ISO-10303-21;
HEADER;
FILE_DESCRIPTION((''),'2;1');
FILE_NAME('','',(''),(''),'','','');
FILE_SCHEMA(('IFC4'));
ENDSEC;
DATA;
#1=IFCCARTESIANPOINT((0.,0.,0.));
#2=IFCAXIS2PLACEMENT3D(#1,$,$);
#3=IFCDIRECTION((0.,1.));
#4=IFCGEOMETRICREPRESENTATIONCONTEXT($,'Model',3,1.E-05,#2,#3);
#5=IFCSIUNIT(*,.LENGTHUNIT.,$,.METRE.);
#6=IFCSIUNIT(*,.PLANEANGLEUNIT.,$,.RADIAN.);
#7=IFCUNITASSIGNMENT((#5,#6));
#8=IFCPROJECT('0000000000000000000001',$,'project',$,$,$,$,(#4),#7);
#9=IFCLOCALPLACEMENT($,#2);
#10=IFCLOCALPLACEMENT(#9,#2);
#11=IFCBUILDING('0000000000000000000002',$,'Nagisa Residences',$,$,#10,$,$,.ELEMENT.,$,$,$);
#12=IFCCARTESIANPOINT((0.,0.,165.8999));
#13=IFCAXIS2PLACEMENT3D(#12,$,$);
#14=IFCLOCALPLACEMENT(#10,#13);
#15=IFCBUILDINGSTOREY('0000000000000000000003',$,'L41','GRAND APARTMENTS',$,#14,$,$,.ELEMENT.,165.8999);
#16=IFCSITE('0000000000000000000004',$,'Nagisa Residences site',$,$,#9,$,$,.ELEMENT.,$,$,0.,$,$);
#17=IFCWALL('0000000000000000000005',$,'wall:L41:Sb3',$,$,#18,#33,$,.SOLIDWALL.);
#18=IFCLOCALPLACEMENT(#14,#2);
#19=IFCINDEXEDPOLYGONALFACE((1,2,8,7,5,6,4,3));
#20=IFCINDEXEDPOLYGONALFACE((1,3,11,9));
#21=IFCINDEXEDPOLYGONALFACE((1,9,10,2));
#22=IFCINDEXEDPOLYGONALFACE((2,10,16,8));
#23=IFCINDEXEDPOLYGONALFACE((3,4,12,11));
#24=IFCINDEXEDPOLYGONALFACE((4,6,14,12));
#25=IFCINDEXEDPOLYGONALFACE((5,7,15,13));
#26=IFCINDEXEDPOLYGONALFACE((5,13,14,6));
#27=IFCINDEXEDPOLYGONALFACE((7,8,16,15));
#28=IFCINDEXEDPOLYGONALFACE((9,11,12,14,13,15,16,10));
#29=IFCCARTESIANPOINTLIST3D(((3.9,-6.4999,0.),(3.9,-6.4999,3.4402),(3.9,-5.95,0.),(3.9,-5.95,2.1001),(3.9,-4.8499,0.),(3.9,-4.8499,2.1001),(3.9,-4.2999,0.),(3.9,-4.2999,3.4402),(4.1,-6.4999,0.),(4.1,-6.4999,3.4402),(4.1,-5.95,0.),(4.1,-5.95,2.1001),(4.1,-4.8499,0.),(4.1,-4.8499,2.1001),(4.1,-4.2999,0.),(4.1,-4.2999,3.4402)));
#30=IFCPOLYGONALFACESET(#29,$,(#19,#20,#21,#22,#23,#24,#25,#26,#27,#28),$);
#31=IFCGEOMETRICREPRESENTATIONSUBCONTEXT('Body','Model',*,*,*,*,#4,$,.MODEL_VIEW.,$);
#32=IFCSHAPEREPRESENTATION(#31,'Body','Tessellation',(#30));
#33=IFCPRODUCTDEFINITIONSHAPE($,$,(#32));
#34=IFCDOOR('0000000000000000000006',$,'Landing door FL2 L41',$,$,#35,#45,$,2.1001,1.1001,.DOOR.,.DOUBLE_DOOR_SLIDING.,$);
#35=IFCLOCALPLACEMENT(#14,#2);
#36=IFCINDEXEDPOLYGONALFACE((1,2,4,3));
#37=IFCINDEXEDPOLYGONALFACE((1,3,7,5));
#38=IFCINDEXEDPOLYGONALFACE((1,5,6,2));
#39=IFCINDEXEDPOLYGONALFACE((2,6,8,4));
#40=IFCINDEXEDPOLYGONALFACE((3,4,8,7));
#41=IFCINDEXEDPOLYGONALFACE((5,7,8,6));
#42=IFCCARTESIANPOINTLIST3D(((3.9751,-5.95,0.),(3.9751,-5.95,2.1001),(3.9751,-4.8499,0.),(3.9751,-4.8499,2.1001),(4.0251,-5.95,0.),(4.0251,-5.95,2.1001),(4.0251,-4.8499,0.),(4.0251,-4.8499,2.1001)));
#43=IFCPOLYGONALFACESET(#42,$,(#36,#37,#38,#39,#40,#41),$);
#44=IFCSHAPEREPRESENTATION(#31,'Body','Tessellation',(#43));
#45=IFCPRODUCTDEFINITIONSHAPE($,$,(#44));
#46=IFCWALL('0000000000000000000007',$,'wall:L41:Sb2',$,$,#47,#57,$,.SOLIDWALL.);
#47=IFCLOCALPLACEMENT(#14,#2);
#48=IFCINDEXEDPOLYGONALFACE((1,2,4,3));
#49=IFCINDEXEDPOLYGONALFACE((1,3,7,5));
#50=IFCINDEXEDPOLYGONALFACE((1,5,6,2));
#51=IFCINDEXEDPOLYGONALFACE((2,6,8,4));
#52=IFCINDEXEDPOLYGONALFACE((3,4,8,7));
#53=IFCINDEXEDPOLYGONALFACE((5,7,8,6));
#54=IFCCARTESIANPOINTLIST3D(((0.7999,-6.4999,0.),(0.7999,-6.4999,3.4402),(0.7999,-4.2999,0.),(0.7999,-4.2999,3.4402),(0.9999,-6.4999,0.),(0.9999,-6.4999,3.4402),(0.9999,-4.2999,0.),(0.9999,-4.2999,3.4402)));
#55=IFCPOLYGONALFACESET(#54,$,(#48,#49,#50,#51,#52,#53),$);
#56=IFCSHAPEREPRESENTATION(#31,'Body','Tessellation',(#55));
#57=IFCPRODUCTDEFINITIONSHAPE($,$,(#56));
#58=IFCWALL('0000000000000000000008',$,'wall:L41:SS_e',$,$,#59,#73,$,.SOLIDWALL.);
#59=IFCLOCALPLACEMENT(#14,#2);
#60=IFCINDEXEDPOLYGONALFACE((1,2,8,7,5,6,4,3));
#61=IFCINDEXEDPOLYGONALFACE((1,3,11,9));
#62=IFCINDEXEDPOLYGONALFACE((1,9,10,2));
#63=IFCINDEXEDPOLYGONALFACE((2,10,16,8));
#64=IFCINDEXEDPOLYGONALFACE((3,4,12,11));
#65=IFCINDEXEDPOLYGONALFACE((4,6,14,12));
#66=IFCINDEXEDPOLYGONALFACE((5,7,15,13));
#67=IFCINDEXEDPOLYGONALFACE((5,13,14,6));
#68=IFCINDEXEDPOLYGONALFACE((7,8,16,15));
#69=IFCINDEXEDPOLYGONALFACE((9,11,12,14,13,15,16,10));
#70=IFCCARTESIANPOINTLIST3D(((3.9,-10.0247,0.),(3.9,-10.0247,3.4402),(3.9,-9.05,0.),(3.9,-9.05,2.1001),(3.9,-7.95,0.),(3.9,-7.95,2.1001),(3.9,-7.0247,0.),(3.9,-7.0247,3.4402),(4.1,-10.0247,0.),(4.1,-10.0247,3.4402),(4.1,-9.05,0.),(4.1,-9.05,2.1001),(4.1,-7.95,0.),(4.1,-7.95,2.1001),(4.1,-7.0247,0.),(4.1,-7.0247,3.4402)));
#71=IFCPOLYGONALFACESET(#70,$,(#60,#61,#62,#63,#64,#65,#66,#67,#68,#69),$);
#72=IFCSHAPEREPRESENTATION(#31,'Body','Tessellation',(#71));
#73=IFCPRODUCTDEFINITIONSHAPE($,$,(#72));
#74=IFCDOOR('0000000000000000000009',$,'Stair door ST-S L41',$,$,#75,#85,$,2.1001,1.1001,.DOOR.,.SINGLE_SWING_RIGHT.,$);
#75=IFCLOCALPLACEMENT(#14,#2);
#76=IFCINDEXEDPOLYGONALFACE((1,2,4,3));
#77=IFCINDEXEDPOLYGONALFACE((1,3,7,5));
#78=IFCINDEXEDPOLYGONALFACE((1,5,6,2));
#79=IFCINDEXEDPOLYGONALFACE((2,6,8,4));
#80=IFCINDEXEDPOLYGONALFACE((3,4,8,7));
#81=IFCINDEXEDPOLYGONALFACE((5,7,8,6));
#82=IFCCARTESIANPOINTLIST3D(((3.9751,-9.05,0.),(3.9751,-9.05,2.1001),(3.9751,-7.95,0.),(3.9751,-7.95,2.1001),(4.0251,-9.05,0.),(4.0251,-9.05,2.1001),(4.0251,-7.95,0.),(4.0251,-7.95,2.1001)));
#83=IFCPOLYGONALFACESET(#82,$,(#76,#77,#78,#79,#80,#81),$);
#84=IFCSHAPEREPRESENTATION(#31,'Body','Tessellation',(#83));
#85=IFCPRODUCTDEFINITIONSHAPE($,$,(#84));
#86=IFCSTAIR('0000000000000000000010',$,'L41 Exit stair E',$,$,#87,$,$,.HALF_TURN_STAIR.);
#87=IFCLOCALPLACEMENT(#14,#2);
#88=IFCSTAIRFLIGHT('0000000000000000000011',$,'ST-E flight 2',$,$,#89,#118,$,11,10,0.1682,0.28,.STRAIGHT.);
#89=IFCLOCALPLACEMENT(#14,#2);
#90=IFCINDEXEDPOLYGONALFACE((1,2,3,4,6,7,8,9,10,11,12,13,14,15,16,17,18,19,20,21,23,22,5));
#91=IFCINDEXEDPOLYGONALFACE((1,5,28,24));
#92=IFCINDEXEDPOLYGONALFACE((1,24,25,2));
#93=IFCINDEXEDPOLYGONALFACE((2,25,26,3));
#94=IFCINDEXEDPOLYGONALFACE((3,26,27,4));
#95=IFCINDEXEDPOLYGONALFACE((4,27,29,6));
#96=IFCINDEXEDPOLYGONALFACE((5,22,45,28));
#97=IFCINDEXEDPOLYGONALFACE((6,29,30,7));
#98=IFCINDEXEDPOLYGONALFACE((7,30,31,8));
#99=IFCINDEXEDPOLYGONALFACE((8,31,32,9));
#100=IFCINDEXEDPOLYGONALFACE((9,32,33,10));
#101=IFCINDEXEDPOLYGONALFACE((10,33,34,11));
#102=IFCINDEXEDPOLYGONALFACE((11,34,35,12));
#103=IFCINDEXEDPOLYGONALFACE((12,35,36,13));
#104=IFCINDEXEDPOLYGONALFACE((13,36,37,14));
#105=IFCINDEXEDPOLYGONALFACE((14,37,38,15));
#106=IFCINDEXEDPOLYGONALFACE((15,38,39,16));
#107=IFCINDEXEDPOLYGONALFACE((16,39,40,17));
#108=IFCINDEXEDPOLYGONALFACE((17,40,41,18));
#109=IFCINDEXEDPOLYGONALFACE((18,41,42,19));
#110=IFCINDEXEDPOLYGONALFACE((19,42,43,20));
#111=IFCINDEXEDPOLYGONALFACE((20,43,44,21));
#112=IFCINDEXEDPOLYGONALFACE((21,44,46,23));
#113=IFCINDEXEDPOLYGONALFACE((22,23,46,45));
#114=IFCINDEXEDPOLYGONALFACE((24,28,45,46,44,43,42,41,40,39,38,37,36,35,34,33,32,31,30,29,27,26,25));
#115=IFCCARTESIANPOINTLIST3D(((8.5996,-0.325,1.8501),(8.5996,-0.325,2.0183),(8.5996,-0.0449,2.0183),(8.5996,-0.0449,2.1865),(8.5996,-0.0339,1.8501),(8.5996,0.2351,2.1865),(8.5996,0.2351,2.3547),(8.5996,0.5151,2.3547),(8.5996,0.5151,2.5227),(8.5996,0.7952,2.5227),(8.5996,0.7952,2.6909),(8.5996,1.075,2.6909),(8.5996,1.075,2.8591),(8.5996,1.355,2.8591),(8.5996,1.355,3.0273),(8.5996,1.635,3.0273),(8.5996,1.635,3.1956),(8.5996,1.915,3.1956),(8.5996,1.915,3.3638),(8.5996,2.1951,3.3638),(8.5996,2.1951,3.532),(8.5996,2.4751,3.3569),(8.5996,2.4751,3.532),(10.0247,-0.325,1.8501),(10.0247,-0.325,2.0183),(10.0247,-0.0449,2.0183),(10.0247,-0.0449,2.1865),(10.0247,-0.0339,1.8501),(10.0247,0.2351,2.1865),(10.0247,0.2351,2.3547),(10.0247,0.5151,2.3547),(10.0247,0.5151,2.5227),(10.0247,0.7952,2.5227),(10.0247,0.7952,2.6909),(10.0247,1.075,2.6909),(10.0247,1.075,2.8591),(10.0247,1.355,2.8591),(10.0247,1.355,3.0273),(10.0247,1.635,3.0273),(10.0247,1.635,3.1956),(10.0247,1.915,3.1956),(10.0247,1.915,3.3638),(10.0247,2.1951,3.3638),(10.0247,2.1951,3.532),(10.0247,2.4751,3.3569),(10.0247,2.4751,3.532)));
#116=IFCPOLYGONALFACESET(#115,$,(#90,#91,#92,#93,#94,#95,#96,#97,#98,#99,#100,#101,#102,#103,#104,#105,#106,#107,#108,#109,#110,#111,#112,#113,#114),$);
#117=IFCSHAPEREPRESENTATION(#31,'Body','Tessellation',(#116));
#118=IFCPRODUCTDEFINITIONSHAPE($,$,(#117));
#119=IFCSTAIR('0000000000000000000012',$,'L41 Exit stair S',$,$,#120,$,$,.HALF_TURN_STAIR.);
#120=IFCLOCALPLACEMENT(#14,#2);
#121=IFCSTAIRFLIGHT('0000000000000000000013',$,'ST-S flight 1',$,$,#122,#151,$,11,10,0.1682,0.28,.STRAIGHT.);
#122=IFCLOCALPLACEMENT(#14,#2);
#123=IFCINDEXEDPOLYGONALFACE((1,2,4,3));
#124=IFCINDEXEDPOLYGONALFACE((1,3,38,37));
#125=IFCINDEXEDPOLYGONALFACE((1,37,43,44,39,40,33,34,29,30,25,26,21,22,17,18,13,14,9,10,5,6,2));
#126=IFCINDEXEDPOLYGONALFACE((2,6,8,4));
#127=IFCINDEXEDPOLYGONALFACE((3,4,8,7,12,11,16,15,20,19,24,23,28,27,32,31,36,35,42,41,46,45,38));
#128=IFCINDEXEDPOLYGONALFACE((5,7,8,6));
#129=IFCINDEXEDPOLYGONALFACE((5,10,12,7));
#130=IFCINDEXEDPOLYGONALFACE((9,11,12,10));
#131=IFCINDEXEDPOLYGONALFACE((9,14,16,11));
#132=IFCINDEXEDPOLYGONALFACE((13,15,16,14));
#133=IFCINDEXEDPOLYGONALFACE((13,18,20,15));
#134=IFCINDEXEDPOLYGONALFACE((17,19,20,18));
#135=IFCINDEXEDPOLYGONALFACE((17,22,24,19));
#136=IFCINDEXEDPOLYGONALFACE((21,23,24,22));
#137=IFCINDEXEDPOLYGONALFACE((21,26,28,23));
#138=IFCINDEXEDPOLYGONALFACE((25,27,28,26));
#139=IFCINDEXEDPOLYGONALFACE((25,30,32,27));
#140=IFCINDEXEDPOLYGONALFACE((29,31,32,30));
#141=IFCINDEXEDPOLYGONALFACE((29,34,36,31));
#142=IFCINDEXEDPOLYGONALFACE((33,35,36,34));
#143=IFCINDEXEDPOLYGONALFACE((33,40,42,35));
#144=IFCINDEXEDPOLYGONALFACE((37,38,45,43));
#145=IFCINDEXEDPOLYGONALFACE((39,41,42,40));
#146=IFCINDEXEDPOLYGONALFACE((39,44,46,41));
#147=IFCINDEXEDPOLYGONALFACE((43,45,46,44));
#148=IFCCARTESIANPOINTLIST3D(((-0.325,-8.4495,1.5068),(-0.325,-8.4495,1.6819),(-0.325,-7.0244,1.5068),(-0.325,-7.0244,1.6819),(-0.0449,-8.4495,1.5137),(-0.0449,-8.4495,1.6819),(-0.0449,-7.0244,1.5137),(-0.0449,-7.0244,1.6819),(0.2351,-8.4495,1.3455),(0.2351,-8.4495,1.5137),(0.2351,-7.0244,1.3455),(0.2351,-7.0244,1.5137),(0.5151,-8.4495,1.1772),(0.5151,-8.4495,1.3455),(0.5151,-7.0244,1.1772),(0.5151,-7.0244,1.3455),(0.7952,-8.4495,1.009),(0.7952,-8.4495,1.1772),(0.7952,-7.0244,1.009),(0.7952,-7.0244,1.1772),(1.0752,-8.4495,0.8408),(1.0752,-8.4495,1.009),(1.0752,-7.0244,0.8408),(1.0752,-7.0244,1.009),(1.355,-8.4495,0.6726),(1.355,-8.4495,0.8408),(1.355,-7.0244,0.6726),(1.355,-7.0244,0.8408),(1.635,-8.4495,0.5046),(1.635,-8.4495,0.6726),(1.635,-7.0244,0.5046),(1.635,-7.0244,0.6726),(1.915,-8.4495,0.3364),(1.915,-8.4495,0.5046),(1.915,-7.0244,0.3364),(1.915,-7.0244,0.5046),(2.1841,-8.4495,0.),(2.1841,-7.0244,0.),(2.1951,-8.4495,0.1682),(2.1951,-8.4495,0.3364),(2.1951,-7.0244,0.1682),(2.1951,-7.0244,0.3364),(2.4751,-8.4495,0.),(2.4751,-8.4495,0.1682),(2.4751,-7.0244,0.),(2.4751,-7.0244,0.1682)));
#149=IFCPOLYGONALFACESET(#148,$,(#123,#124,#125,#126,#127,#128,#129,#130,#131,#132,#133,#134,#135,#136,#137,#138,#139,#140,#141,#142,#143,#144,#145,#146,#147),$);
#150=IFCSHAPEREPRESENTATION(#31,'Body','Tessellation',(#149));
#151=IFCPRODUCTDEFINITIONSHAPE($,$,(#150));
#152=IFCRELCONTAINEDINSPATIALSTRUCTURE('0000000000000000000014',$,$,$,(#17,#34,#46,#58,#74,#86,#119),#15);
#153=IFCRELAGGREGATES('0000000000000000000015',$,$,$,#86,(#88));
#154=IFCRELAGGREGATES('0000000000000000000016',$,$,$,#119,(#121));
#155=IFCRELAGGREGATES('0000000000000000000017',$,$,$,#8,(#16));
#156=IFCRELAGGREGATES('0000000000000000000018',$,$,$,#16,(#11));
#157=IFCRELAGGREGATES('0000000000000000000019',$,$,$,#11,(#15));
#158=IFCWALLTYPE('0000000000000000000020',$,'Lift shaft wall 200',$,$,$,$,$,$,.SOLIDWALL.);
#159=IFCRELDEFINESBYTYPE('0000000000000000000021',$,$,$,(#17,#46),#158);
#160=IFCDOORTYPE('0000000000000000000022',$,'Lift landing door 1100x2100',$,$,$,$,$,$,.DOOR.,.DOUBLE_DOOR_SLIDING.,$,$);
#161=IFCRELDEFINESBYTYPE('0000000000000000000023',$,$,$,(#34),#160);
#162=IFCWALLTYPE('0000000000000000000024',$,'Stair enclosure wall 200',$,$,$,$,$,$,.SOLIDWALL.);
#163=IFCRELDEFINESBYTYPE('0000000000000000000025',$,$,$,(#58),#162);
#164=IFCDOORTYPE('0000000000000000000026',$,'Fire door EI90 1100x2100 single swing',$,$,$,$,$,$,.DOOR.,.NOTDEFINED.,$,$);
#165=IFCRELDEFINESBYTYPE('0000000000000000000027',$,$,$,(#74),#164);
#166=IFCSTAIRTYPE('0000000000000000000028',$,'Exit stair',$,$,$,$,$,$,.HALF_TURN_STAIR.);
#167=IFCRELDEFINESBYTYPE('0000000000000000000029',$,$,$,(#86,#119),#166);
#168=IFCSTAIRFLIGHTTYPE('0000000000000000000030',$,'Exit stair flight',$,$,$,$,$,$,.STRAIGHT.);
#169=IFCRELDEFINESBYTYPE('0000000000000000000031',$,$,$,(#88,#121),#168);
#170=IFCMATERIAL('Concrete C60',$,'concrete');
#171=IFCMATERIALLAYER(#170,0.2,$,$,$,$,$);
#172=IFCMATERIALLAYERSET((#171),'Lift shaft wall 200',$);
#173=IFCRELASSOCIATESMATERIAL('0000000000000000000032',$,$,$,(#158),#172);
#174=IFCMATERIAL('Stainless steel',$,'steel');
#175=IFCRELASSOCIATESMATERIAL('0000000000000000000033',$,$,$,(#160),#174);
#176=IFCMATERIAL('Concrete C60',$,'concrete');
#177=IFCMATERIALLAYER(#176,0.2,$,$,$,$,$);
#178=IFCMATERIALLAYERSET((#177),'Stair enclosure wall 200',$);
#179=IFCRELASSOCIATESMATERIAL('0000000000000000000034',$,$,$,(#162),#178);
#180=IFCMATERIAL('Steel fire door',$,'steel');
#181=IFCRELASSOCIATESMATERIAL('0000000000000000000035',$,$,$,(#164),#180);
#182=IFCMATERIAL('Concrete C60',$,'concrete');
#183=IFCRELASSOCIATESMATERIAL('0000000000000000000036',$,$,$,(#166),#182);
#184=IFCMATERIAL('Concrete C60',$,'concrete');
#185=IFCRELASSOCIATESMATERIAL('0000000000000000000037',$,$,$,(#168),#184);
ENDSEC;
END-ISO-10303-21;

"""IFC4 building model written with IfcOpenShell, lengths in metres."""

from ifc_helpers import new_model, si_unit, direction, frame, frame_2d, origin, place, context, subcontext, project, spatial, polyline, rectangle, outline, extrude, material, layer, layer_set, type_object, element, fill, aggregate, save


model = new_model("IFC4")

# Units and contexts
model_context = context("Model", 3, precision=1e-05, world=origin(), true_north=direction((0.0, 1.0)))
body_context = subcontext(model_context, "Body", "Model", "MODEL_VIEW")
ifc_project = project(units=[si_unit("LENGTHUNIT", "METRE"), si_unit("PLANEANGLEUNIT", "RADIAN")], contexts=[model_context])

# Site, building, storey
site_placement = place(None, origin())
site = spatial("IfcSite", under=ifc_project, at=site_placement, Name="Nagisa Residences site", CompositionType="ELEMENT", RefElevation=0.0)
building_placement = place(site_placement, origin())
building = spatial("IfcBuilding", under=site, at=building_placement, Name="Nagisa Residences", CompositionType="ELEMENT")
storey_placement = place(building_placement, frame((0.0, 0.0, 165.8999)))
storey = spatial("IfcBuildingStorey", under=building, at=storey_placement, Name="L41", Description="GRAND APARTMENTS", CompositionType="ELEMENT", Elevation=165.8999)

# Wall, opening, door
ifc_material_1 = material(Name="Concrete C60", Category="concrete")
ifc_layer_1 = layer(ifc_material_1, 0.2)
ifc_layer_set_1 = layer_set([ifc_layer_1], Name="Lift shaft wall 200")
wall_type_1 = type_object("IfcWallType", Name="Lift shaft wall 200", PredefinedType="SOLIDWALL", material=ifc_layer_set_1)
wall_1_placement = place(storey_placement, frame((4.0, -6.5, 0.0), z_axis=(0.0, 0.0, 1.0), x_axis=(0.0, 1.0, 0.0)))
wall_1 = element("IfcWall", 1, at=wall_1_placement, inside=storey, type_object=wall_type_1, Name="wall:L41:Sb3", PredefinedType="SOLIDWALL", context=body_context, shape_type="SweptSolid", body=[
    extrude(rectangle(XDim=2.2, YDim=0.2, at=frame_2d((1.1001, 0.0))), origin(), (0.0, 0.0, 1.0), 3.4402),
])
opening_1_placement = place(wall_1_placement, frame((0.55, 0.0, 0.0)))
opening_1 = element("IfcOpeningElement", 2, at=opening_1_placement, cuts=wall_1, PredefinedType="OPENING", context=body_context, shape_type="SweptSolid", body=[
    extrude(rectangle(XDim=1.1001, YDim=2.1001, at=frame_2d((0.55, 1.05))), frame((0.0, 0.1099, 0.0), z_axis=(0.0, -1.0, 0.0), x_axis=(1.0, 0.0, 0.0)), (0.0, 0.0, 1.0), 0.22),
])
ifc_material_2 = material(Name="Stainless steel", Category="steel")
door_type_1 = type_object("IfcDoorType", Name="Lift landing door 1100x2100", OperationType="DOUBLE_DOOR_SLIDING", PredefinedType="DOOR", material=ifc_material_2)
door_1_placement = place(opening_1_placement, origin())
door_1 = element("IfcDoor", 3, at=door_1_placement, inside=storey, type_object=door_type_1, Name="Landing door FL2 L41", OperationType="DOUBLE_DOOR_SLIDING", OverallHeight=2.1001, OverallWidth=1.1001, PredefinedType="DOOR", context=body_context, shape_type="SweptSolid", body=[
    extrude(rectangle(XDim=1.1001, YDim=2.1001, at=frame_2d((0.55, 1.05))), frame((0.0, 0.0249, 0.0), z_axis=(0.0, -1.0, 0.0), x_axis=(1.0, 0.0, 0.0)), (0.0, 0.0, 1.0), 0.05),
])
fill(opening_1, door_1)

# Wall
wall_2_placement = place(storey_placement, frame((0.8999, -6.5, 0.0), z_axis=(0.0, 0.0, 1.0), x_axis=(0.0, 1.0, 0.0)))
element("IfcWall", 4, at=wall_2_placement, inside=storey, type_object=wall_type_1, Name="wall:L41:Sb2", PredefinedType="SOLIDWALL", context=body_context, shape_type="SweptSolid", body=[
    extrude(rectangle(XDim=2.2, YDim=0.2, at=frame_2d((1.1001, 0.0))), origin(), (0.0, 0.0, 1.0), 3.4402),
])

# Wall, opening, door
ifc_material_3 = material(Name="Concrete C60", Category="concrete")
ifc_layer_2 = layer(ifc_material_3, 0.2)
ifc_layer_set_2 = layer_set([ifc_layer_2], Name="Stair enclosure wall 200")
wall_type_2 = type_object("IfcWallType", Name="Stair enclosure wall 200", PredefinedType="SOLIDWALL", material=ifc_layer_set_2)
wall_3_placement = place(storey_placement, frame((4.0, -10.0247, 0.0), z_axis=(0.0, 0.0, 1.0), x_axis=(0.0, 1.0, 0.0)))
wall_3 = element("IfcWall", 5, at=wall_3_placement, inside=storey, type_object=wall_type_2, Name="wall:L41:SS_e", PredefinedType="SOLIDWALL", context=body_context, shape_type="SweptSolid", body=[
    extrude(rectangle(XDim=3.0, YDim=0.2, at=frame_2d((1.5, 0.0))), origin(), (0.0, 0.0, 1.0), 3.4402),
])
opening_2_placement = place(wall_3_placement, frame((0.9746, 0.0, 0.0)))
opening_2 = element("IfcOpeningElement", 6, at=opening_2_placement, cuts=wall_3, PredefinedType="OPENING", context=body_context, shape_type="SweptSolid", body=[
    extrude(rectangle(XDim=1.1001, YDim=2.1001, at=frame_2d((0.55, 1.05))), frame((0.0, 0.1099, 0.0), z_axis=(0.0, -1.0, 0.0), x_axis=(1.0, 0.0, 0.0)), (0.0, 0.0, 1.0), 0.22),
])
ifc_material_4 = material(Name="Steel fire door", Category="steel")
door_type_2 = type_object("IfcDoorType", Name="Fire door EI90 1100x2100 single swing", OperationType="NOTDEFINED", PredefinedType="DOOR", material=ifc_material_4)
door_2_placement = place(opening_2_placement, origin())
door_2 = element("IfcDoor", 7, at=door_2_placement, inside=storey, type_object=door_type_2, Name="Stair door ST-S L41", OperationType="SINGLE_SWING_RIGHT", OverallHeight=2.1001, OverallWidth=1.1001, PredefinedType="DOOR", context=body_context, shape_type="SweptSolid", body=[
    extrude(rectangle(XDim=1.1001, YDim=2.1001, at=frame_2d((0.55, 1.05))), frame((0.0, 0.0249, 0.0), z_axis=(0.0, -1.0, 0.0), x_axis=(1.0, 0.0, 0.0)), (0.0, 0.0, 1.0), 0.05),
])
fill(opening_2, door_2)

# Stairs, stair flights
ifc_material_5 = material(Name="Concrete C60", Category="concrete")
stair_type = type_object("IfcStairType", Name="Exit stair", PredefinedType="HALF_TURN_STAIR", material=ifc_material_5)
stair_1_placement = place(storey_placement, origin())
stair_1 = element("IfcStair", 8, at=stair_1_placement, inside=storey, type_object=stair_type, Name="L41 Exit stair E", PredefinedType="HALF_TURN_STAIR")
ifc_material_6 = material(Name="Concrete C60", Category="concrete")
stair_flight_type = type_object("IfcStairFlightType", Name="Exit stair flight", PredefinedType="STRAIGHT", material=ifc_material_6)
stair_flight_1_placement = place(storey_placement, frame((9.312, -0.325, 1.8501), z_axis=(0.0, 0.0, 1.0), x_axis=(0.0, 1.0, 0.0)))
stair_flight_1 = element("IfcStairFlight", 9, at=stair_flight_1_placement, type_object=stair_flight_type, Name="ST-E flight 2", NumberOfRisers=11, NumberOfTreads=10, PredefinedType="STRAIGHT", RiserHeight=0.1682, TreadLength=0.28, context=body_context, shape_type="SweptSolid", body=[
    extrude(outline(polyline([(0.0, 0.0), (0.0, 0.1682), (0.28, 0.1682), (0.28, 0.3364), (0.5601, 0.3364), (0.5601, 0.5046), (0.8401, 0.5046), (0.8401, 0.6726), (1.1201, 0.6726), (1.1201, 0.8408), (1.3999, 0.8408), (1.3999, 1.009), (1.6799, 1.009), (1.6799, 1.1772), (1.96, 1.1772), (1.96, 1.3455), (2.24, 1.3455), (2.24, 1.5137), (2.52, 1.5137), (2.52, 1.6819), (2.8, 1.6819), (2.8, 1.8501), (2.8, 1.5068), (0.291, 0.0), (0.0, 0.0)])), frame((0.0, 0.7124, 0.0), z_axis=(0.0, -1.0, 0.0), x_axis=(1.0, 0.0, 0.0)), (0.0, 0.0, 1.0), 1.425),
])
aggregate(stair_1, [stair_flight_1])
stair_2_placement = place(storey_placement, origin())
stair_2 = element("IfcStair", 10, at=stair_2_placement, inside=storey, type_object=stair_type, Name="L41 Exit stair S", PredefinedType="HALF_TURN_STAIR")
stair_flight_2_placement = place(storey_placement, frame((2.4751, -7.7371, 0.0), z_axis=(0.0, 0.0, 1.0), x_axis=(-1.0, 0.0, 0.0)))
stair_flight_2 = element("IfcStairFlight", 11, at=stair_flight_2_placement, type_object=stair_flight_type, Name="ST-S flight 1", NumberOfRisers=11, NumberOfTreads=10, PredefinedType="STRAIGHT", RiserHeight=0.1682, TreadLength=0.28, context=body_context, shape_type="SweptSolid", body=[
    extrude(outline(polyline([(0.0, 0.0), (0.0, 0.1682), (0.28, 0.1682), (0.28, 0.3364), (0.5601, 0.3364), (0.5601, 0.5046), (0.8401, 0.5046), (0.8401, 0.6726), (1.1201, 0.6726), (1.1201, 0.8408), (1.3999, 0.8408), (1.3999, 1.009), (1.6799, 1.009), (1.6799, 1.1772), (1.96, 1.1772), (1.96, 1.3455), (2.24, 1.3455), (2.24, 1.5137), (2.52, 1.5137), (2.52, 1.6819), (2.8, 1.6819), (2.8, 1.8501), (2.8, 1.5068), (0.291, 0.0), (0.0, 0.0)])), frame((0.0, 0.7124, 0.0), z_axis=(0.0, -1.0, 0.0), x_axis=(1.0, 0.0, 0.0)), (0.0, 0.0, 1.0), 1.425),
])
aggregate(stair_2, [stair_flight_2])

save(model, "model.ifc")
